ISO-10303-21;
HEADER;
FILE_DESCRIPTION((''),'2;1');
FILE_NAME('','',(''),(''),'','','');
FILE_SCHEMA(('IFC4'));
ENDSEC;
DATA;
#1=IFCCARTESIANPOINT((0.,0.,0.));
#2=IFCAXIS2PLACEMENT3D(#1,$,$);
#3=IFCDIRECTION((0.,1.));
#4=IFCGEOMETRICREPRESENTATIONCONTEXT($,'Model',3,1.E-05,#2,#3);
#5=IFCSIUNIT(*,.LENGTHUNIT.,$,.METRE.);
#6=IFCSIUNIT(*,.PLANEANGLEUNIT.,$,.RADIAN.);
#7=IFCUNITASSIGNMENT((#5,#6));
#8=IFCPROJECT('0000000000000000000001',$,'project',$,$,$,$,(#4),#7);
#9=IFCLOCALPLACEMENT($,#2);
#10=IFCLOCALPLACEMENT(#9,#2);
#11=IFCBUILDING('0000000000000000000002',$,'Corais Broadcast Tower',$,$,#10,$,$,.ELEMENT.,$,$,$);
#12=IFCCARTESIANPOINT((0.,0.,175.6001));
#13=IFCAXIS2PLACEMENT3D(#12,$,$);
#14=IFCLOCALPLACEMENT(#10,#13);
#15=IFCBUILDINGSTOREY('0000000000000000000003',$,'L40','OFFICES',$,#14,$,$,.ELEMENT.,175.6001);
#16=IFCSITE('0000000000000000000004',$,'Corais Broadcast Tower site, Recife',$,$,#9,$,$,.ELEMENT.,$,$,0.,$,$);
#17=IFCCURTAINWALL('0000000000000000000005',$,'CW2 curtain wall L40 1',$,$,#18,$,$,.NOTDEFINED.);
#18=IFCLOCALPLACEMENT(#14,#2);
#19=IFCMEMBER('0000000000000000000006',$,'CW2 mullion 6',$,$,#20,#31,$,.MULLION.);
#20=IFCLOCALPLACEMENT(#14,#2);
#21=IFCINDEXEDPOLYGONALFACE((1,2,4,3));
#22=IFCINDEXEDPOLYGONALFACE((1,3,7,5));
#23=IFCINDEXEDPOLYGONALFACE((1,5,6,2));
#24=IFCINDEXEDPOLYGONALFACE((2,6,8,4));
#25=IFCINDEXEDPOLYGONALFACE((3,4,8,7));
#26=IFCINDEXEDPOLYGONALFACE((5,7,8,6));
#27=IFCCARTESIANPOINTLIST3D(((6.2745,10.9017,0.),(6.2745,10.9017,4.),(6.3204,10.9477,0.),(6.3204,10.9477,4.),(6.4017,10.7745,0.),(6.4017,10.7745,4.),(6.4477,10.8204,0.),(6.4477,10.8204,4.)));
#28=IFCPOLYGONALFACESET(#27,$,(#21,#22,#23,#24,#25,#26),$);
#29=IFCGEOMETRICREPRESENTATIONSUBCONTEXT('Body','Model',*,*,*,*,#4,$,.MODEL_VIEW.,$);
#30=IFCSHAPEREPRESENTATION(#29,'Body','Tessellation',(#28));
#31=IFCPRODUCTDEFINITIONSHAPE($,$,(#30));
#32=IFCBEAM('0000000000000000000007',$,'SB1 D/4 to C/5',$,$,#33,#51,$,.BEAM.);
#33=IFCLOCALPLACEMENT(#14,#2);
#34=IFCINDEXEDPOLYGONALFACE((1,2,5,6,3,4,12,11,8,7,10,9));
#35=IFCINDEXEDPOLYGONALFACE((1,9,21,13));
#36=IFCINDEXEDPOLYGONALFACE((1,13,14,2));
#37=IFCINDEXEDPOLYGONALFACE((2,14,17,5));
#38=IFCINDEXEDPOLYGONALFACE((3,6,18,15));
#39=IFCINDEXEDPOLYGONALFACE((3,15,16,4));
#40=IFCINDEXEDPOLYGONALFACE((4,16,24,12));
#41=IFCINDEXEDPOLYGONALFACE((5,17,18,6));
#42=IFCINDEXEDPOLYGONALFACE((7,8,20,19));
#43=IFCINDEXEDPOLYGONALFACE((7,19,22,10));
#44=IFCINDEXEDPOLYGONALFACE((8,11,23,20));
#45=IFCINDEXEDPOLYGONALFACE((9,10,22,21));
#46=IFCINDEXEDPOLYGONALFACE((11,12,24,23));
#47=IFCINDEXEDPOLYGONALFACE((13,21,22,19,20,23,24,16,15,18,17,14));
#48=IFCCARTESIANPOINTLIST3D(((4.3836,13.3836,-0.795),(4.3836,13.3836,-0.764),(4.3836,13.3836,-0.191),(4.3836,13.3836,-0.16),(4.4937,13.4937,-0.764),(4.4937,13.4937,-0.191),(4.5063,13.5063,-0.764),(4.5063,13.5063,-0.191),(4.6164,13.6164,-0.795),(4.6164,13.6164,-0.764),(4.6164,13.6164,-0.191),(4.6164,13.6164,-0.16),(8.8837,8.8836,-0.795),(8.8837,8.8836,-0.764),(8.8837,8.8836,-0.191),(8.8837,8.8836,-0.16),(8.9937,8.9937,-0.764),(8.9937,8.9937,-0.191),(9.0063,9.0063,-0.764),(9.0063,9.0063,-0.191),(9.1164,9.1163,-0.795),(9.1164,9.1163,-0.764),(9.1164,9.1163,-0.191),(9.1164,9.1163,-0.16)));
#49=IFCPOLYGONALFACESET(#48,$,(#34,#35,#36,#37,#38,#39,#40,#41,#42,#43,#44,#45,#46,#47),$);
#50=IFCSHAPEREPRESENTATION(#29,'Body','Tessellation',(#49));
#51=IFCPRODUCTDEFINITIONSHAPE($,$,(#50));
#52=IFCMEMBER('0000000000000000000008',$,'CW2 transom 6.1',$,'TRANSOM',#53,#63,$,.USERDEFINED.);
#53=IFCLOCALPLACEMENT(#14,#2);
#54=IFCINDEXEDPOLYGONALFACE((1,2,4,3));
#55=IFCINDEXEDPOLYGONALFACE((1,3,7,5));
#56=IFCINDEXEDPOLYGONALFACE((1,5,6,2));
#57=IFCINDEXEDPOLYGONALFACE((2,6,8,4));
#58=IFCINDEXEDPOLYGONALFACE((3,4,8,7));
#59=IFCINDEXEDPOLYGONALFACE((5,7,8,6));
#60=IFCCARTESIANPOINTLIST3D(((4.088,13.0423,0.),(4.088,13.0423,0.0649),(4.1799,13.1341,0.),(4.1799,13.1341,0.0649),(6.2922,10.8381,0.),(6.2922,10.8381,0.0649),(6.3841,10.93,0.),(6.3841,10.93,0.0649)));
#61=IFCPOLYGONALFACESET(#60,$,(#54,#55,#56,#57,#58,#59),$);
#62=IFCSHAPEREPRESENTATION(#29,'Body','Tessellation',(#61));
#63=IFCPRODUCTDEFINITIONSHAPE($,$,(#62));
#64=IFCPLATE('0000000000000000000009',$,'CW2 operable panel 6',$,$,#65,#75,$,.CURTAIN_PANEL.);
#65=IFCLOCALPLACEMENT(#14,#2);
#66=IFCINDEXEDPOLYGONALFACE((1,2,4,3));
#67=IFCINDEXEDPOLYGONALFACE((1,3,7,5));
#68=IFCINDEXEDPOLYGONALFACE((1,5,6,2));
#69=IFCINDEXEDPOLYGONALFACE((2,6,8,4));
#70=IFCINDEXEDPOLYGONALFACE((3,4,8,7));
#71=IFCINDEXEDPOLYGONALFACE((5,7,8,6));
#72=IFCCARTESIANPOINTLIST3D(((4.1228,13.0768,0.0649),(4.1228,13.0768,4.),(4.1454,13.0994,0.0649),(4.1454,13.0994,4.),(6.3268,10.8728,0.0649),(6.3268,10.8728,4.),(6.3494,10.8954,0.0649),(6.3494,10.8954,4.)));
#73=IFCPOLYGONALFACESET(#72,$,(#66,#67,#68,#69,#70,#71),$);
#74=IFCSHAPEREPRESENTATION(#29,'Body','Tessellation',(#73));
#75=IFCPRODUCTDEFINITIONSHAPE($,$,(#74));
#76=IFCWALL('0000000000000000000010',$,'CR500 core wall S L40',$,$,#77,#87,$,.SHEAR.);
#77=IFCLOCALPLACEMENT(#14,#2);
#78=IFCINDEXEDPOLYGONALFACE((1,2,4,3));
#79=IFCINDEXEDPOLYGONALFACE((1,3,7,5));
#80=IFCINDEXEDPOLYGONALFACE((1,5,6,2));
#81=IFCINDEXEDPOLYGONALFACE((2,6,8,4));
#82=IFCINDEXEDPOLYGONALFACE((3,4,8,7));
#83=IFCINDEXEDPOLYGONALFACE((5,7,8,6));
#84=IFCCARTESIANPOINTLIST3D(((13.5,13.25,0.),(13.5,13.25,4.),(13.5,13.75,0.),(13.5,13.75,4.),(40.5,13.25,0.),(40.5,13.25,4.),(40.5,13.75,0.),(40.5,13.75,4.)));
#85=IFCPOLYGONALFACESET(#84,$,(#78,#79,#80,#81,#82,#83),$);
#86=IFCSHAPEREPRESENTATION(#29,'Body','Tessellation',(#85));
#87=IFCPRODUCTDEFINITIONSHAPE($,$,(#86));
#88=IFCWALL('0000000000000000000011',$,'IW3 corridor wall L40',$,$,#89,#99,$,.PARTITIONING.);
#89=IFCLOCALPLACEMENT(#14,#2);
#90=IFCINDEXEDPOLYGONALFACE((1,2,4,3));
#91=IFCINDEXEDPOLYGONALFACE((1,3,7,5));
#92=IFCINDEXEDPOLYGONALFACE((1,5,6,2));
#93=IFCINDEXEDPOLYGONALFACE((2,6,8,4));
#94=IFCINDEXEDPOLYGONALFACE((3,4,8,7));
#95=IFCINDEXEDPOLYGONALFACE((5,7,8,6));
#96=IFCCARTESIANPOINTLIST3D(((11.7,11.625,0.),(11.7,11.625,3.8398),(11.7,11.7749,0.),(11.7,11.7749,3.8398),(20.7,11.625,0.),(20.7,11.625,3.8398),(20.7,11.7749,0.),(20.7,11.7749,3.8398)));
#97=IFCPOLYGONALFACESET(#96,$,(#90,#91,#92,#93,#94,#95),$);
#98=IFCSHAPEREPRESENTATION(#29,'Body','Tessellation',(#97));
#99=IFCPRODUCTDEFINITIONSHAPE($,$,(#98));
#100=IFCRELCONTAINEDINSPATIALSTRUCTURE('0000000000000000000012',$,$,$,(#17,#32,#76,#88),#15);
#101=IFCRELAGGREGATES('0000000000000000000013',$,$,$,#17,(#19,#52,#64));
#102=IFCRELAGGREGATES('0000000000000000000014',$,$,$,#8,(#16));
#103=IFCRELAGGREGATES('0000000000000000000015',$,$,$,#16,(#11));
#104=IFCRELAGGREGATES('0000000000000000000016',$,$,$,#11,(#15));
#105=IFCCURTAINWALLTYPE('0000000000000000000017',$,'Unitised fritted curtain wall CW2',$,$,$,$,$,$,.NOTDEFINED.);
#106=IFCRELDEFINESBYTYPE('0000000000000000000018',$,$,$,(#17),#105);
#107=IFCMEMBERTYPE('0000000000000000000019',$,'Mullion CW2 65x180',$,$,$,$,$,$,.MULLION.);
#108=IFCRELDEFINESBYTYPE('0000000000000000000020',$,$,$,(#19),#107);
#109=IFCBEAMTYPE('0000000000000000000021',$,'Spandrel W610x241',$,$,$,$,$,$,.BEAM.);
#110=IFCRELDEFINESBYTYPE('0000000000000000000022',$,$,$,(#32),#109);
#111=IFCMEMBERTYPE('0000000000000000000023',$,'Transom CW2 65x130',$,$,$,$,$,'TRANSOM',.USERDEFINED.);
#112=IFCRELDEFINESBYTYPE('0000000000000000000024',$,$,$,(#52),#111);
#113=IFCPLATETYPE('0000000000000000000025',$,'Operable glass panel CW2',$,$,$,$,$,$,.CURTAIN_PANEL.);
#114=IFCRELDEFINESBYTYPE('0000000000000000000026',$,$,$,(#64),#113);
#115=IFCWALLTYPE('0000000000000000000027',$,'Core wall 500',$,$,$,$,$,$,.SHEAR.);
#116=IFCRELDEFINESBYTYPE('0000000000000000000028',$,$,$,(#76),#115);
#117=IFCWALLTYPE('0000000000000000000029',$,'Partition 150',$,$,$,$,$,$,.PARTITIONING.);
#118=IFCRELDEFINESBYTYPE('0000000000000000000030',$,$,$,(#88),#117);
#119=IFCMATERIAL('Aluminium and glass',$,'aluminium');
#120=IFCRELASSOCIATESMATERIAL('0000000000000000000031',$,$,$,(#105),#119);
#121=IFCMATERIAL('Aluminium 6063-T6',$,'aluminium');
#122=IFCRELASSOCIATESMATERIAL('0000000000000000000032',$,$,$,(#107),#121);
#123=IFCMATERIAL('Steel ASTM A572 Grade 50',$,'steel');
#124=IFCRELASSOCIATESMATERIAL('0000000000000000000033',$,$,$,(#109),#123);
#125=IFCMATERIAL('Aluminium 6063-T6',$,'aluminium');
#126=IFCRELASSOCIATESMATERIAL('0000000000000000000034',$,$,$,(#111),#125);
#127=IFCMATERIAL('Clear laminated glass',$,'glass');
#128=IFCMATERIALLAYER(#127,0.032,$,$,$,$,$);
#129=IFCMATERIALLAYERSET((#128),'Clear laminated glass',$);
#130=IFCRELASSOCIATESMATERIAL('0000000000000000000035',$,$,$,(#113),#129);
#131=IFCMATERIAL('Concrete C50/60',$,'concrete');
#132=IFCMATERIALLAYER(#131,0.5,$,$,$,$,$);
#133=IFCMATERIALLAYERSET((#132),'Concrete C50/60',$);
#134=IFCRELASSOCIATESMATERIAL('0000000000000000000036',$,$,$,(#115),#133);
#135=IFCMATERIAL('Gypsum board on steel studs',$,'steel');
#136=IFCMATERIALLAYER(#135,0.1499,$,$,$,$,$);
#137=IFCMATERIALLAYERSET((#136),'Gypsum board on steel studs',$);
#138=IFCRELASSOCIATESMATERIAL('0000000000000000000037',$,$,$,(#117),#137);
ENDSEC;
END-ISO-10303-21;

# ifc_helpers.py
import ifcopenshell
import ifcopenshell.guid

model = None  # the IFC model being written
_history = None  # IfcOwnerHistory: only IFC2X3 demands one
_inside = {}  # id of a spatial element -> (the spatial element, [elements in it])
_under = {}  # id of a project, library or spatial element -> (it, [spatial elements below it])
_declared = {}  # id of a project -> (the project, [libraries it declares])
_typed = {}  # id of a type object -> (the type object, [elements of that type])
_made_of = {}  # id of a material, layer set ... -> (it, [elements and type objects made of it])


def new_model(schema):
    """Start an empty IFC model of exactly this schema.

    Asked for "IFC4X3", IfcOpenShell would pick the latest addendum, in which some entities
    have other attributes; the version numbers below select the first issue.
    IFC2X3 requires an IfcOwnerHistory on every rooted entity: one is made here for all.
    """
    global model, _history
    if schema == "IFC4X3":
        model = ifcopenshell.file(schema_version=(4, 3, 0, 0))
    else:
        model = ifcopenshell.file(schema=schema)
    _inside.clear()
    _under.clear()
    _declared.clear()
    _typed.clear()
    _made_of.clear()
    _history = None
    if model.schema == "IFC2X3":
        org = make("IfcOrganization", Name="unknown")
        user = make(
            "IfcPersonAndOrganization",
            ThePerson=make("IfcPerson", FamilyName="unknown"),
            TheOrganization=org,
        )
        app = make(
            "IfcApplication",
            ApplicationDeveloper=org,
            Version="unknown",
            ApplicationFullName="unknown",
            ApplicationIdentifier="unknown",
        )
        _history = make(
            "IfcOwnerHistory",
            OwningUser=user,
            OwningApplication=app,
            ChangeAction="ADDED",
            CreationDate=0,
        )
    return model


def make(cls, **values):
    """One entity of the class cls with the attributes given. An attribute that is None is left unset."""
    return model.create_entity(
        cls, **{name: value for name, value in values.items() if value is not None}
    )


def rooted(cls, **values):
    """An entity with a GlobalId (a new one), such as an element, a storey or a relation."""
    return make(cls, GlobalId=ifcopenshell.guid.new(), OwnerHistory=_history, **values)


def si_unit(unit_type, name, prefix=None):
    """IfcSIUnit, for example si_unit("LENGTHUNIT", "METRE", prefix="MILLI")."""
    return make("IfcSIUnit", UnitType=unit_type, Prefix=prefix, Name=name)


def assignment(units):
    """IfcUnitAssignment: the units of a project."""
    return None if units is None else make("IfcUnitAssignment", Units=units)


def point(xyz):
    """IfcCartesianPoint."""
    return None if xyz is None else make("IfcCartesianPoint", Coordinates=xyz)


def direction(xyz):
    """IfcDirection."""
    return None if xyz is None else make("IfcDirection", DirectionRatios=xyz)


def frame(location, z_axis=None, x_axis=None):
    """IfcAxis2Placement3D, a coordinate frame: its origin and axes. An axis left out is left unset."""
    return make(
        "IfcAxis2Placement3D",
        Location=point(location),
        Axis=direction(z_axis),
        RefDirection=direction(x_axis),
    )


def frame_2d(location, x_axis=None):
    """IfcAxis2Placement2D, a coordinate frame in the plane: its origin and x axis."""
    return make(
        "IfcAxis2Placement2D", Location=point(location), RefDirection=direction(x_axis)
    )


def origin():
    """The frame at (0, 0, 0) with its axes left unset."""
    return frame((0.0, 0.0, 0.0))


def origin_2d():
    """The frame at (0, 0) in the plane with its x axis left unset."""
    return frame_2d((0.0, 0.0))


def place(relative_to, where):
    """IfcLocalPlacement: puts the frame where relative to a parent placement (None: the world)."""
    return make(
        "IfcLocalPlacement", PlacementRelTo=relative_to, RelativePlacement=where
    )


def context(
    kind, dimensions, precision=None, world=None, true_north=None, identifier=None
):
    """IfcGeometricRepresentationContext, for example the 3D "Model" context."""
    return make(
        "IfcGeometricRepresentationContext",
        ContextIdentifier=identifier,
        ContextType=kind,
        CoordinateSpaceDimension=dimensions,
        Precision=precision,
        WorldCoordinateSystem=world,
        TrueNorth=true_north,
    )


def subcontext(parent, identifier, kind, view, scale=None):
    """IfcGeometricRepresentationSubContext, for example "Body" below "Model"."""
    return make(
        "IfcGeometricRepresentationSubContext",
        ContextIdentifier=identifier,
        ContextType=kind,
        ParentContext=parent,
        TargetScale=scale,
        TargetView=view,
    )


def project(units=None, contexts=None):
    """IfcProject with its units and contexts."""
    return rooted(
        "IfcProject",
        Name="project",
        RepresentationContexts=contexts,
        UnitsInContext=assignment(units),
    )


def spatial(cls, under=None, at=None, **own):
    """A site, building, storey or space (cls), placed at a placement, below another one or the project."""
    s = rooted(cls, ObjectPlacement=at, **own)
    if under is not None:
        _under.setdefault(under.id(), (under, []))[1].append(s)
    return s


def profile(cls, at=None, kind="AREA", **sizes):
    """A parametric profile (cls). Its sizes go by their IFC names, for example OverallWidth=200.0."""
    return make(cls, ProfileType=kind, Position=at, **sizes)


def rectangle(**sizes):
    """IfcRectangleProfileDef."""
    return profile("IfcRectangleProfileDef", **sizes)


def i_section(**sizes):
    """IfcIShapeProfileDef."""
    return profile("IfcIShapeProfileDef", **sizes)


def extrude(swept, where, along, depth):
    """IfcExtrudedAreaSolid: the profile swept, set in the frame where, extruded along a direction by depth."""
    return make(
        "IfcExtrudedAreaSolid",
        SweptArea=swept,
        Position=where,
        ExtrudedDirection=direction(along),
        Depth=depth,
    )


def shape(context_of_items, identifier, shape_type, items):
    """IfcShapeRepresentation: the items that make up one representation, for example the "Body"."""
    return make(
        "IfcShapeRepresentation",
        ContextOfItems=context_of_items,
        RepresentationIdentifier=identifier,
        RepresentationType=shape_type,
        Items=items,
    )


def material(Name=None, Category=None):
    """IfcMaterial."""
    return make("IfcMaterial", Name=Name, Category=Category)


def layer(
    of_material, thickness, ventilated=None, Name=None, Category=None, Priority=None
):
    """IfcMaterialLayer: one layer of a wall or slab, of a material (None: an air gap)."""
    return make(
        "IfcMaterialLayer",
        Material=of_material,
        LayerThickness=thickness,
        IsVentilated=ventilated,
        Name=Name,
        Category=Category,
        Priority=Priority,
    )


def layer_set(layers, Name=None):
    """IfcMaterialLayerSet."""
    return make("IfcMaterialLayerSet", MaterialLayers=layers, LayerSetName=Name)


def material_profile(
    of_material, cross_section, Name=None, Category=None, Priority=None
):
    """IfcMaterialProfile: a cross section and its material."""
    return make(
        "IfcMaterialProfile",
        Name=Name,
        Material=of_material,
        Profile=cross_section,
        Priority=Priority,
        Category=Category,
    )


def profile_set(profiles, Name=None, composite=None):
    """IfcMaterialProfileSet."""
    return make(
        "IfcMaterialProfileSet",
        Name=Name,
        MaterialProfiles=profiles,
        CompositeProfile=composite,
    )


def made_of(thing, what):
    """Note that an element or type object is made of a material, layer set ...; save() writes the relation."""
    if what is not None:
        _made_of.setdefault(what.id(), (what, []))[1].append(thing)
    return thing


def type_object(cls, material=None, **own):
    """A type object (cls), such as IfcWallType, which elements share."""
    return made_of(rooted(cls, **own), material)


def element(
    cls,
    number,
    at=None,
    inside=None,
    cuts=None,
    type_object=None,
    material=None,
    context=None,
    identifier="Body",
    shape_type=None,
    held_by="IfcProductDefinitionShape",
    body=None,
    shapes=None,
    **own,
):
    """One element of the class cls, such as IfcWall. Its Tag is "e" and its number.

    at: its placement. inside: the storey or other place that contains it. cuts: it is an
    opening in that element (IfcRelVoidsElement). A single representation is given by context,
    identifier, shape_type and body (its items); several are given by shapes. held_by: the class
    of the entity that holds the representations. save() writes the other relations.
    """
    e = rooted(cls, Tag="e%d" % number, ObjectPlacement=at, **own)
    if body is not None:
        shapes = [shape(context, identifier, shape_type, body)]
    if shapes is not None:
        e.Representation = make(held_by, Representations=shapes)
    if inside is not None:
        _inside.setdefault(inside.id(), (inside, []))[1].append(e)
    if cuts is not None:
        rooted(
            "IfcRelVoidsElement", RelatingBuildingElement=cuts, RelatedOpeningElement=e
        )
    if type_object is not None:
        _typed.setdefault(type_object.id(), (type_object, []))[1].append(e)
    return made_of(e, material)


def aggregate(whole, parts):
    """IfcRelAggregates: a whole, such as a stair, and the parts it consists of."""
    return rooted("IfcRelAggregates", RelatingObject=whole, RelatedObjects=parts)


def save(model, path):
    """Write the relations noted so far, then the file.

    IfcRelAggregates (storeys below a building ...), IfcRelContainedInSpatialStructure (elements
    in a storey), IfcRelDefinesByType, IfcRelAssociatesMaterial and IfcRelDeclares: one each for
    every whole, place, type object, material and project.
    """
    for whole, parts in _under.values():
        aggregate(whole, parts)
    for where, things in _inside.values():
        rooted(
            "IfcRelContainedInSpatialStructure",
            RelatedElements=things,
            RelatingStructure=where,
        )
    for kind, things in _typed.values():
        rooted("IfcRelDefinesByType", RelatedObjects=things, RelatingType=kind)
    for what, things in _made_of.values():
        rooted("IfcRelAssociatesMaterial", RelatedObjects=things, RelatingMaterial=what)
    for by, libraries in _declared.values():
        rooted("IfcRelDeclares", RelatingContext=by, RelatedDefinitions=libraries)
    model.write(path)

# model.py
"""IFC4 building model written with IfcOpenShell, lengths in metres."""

from ifc_helpers import new_model, si_unit, direction, frame, frame_2d, origin, origin_2d, place, context, subcontext, project, spatial, rectangle, i_section, extrude, material, layer, layer_set, material_profile, profile_set, type_object, element, aggregate, save


model = new_model("IFC4")

# Units and contexts
model_context = context("Model", 3, precision=1e-05, world=origin(), true_north=direction((0.0, 1.0)))
body_context = subcontext(model_context, "Body", "Model", "MODEL_VIEW")
ifc_project = project(units=[si_unit("LENGTHUNIT", "METRE"), si_unit("PLANEANGLEUNIT", "RADIAN")], contexts=[model_context])

# Site, building, storey
site_placement = place(None, origin())
site = spatial("IfcSite", under=ifc_project, at=site_placement, Name="Corais Broadcast Tower site, Recife", CompositionType="ELEMENT", RefElevation=0.0)
building_placement = place(site_placement, origin())
building = spatial("IfcBuilding", under=site, at=building_placement, Name="Corais Broadcast Tower", CompositionType="ELEMENT")
storey_placement = place(building_placement, frame((0.0, 0.0, 175.6001)))
storey = spatial("IfcBuildingStorey", under=building, at=storey_placement, Name="L40", Description="OFFICES", CompositionType="ELEMENT", Elevation=175.6001)

# Curtain wall, member
ifc_material_1 = material(Name="Aluminium and glass", Category="aluminium")
curtain_wall_type = type_object("IfcCurtainWallType", Name="Unitised fritted curtain wall CW2", PredefinedType="NOTDEFINED", material=ifc_material_1)
curtain_wall_placement = place(storey_placement, origin())
curtain_wall = element("IfcCurtainWall", 1, at=curtain_wall_placement, inside=storey, type_object=curtain_wall_type, Name="CW2 curtain wall L40 1", PredefinedType="NOTDEFINED")
ifc_material_2 = material(Name="Aluminium 6063-T6", Category="aluminium")
ifc_material_profile_1 = material_profile(ifc_material_2, rectangle(XDim=0.0649, YDim=0.1799, at=origin_2d()), Name="Mullion CW2 65x180")
ifc_profile_set_1 = profile_set([ifc_material_profile_1], Name="Aluminium 6063-T6")
member_type_1 = type_object("IfcMemberType", Name="Mullion CW2 65x180", PredefinedType="MULLION", material=ifc_profile_set_1)
member_1_placement = place(storey_placement, frame((6.3611, 10.8611, 0.0), z_axis=(0.0, 0.0, 1.0), x_axis=(-0.707107, -0.707107, 0.0)))
member_1 = element("IfcMember", 2, at=member_1_placement, type_object=member_type_1, Name="CW2 mullion 6", PredefinedType="MULLION", context=body_context, shape_type="SweptSolid", body=[
    extrude(rectangle(XDim=0.0649, YDim=0.1799, at=origin_2d()), origin(), (0.0, 0.0, 1.0), 4.0),
])

# Beam
ifc_material_3 = material(Name="Steel ASTM A572 Grade 50", Category="steel")
ifc_material_profile_2 = material_profile(ifc_material_3, i_section(OverallWidth=0.3291, OverallDepth=0.635, WebThickness=0.0178, FlangeThickness=0.031, at=origin_2d()), Name="W610x241")
ifc_profile_set_2 = profile_set([ifc_material_profile_2], Name="Steel ASTM A572 Grade 50")
beam_type = type_object("IfcBeamType", Name="Spandrel W610x241", PredefinedType="BEAM", material=ifc_profile_set_2)
beam_placement = place(storey_placement, frame((4.5, 13.5, -0.4775), z_axis=(0.707107, -0.707107, 0.0), x_axis=(0.707107, 0.707107, 0.0)))
element("IfcBeam", 3, at=beam_placement, inside=storey, type_object=beam_type, Name="SB1 D/4 to C/5", PredefinedType="BEAM", context=body_context, shape_type="SweptSolid", body=[
    extrude(i_section(OverallWidth=0.3291, OverallDepth=0.635, WebThickness=0.0178, FlangeThickness=0.031, at=origin_2d()), origin(), (0.0, 0.0, 1.0), 6.364),
])

# Member
ifc_material_4 = material(Name="Aluminium 6063-T6", Category="aluminium")
ifc_material_profile_3 = material_profile(ifc_material_4, rectangle(XDim=0.1299, YDim=0.0649, at=origin_2d()), Name="Transom CW2 65x130")
ifc_profile_set_3 = profile_set([ifc_material_profile_3], Name="Aluminium 6063-T6")
member_type_2 = type_object("IfcMemberType", Name="Transom CW2 65x130", ElementType="TRANSOM", PredefinedType="USERDEFINED", material=ifc_profile_set_3)
member_2_placement = place(storey_placement, frame((6.3381, 10.884, 0.0325), z_axis=(-0.707107, 0.707107, 0.0), x_axis=(-0.707107, -0.707107, 0.0)))
member_2 = element("IfcMember", 4, at=member_2_placement, type_object=member_type_2, Name="CW2 transom 6.1", ObjectType="TRANSOM", PredefinedType="USERDEFINED", context=body_context, shape_type="SweptSolid", body=[
    extrude(rectangle(XDim=0.1299, YDim=0.0649, at=origin_2d()), origin(), (0.0, 0.0, 1.0), 3.1172),
])

# Plate
ifc_material_5 = material(Name="Clear laminated glass", Category="glass")
ifc_layer_1 = layer(ifc_material_5, 0.032)
ifc_layer_set_1 = layer_set([ifc_layer_1], Name="Clear laminated glass")
plate_type = type_object("IfcPlateType", Name="Operable glass panel CW2", PredefinedType="CURTAIN_PANEL", material=ifc_layer_set_1)
plate_placement = place(storey_placement, frame((5.2361, 11.9861, 0.0649), z_axis=(0.0, 0.0, 1.0), x_axis=(-0.707107, 0.707107, 0.0)))
plate = element("IfcPlate", 5, at=plate_placement, type_object=plate_type, Name="CW2 operable panel 6", PredefinedType="CURTAIN_PANEL", context=body_context, shape_type="SweptSolid", body=[
    extrude(rectangle(XDim=3.1169, YDim=0.032, at=origin_2d()), origin(), (0.0, 0.0, 1.0), 3.9351),
])
aggregate(curtain_wall, [member_1, member_2, plate])

# Walls
ifc_material_6 = material(Name="Concrete C50/60", Category="concrete")
ifc_layer_2 = layer(ifc_material_6, 0.5)
ifc_layer_set_2 = layer_set([ifc_layer_2], Name="Concrete C50/60")
wall_type_1 = type_object("IfcWallType", Name="Core wall 500", PredefinedType="SHEAR", material=ifc_layer_set_2)
wall_1_placement = place(storey_placement, frame((13.5, 13.5, 0.0), z_axis=(0.0, 0.0, 1.0), x_axis=(1.0, 0.0, 0.0)))
element("IfcWall", 6, at=wall_1_placement, inside=storey, type_object=wall_type_1, Name="CR500 core wall S L40", PredefinedType="SHEAR", context=body_context, shape_type="SweptSolid", body=[
    extrude(rectangle(XDim=27.0, YDim=0.5, at=frame_2d((13.5, 0.0))), origin(), (0.0, 0.0, 1.0), 4.0),
])
ifc_material_7 = material(Name="Gypsum board on steel studs", Category="steel")
ifc_layer_3 = layer(ifc_material_7, 0.1499)
ifc_layer_set_3 = layer_set([ifc_layer_3], Name="Gypsum board on steel studs")
wall_type_2 = type_object("IfcWallType", Name="Partition 150", PredefinedType="PARTITIONING", material=ifc_layer_set_3)
wall_2_placement = place(storey_placement, frame((11.7, 11.7, 0.0), z_axis=(0.0, 0.0, 1.0), x_axis=(1.0, 0.0, 0.0)))
element("IfcWall", 7, at=wall_2_placement, inside=storey, type_object=wall_type_2, Name="IW3 corridor wall L40", PredefinedType="PARTITIONING", context=body_context, shape_type="SweptSolid", body=[
    extrude(rectangle(XDim=9.0, YDim=0.1499, at=frame_2d((4.5, 0.0))), origin(), (0.0, 0.0, 1.0), 3.8398),
])

save(model, "model.ifc")
